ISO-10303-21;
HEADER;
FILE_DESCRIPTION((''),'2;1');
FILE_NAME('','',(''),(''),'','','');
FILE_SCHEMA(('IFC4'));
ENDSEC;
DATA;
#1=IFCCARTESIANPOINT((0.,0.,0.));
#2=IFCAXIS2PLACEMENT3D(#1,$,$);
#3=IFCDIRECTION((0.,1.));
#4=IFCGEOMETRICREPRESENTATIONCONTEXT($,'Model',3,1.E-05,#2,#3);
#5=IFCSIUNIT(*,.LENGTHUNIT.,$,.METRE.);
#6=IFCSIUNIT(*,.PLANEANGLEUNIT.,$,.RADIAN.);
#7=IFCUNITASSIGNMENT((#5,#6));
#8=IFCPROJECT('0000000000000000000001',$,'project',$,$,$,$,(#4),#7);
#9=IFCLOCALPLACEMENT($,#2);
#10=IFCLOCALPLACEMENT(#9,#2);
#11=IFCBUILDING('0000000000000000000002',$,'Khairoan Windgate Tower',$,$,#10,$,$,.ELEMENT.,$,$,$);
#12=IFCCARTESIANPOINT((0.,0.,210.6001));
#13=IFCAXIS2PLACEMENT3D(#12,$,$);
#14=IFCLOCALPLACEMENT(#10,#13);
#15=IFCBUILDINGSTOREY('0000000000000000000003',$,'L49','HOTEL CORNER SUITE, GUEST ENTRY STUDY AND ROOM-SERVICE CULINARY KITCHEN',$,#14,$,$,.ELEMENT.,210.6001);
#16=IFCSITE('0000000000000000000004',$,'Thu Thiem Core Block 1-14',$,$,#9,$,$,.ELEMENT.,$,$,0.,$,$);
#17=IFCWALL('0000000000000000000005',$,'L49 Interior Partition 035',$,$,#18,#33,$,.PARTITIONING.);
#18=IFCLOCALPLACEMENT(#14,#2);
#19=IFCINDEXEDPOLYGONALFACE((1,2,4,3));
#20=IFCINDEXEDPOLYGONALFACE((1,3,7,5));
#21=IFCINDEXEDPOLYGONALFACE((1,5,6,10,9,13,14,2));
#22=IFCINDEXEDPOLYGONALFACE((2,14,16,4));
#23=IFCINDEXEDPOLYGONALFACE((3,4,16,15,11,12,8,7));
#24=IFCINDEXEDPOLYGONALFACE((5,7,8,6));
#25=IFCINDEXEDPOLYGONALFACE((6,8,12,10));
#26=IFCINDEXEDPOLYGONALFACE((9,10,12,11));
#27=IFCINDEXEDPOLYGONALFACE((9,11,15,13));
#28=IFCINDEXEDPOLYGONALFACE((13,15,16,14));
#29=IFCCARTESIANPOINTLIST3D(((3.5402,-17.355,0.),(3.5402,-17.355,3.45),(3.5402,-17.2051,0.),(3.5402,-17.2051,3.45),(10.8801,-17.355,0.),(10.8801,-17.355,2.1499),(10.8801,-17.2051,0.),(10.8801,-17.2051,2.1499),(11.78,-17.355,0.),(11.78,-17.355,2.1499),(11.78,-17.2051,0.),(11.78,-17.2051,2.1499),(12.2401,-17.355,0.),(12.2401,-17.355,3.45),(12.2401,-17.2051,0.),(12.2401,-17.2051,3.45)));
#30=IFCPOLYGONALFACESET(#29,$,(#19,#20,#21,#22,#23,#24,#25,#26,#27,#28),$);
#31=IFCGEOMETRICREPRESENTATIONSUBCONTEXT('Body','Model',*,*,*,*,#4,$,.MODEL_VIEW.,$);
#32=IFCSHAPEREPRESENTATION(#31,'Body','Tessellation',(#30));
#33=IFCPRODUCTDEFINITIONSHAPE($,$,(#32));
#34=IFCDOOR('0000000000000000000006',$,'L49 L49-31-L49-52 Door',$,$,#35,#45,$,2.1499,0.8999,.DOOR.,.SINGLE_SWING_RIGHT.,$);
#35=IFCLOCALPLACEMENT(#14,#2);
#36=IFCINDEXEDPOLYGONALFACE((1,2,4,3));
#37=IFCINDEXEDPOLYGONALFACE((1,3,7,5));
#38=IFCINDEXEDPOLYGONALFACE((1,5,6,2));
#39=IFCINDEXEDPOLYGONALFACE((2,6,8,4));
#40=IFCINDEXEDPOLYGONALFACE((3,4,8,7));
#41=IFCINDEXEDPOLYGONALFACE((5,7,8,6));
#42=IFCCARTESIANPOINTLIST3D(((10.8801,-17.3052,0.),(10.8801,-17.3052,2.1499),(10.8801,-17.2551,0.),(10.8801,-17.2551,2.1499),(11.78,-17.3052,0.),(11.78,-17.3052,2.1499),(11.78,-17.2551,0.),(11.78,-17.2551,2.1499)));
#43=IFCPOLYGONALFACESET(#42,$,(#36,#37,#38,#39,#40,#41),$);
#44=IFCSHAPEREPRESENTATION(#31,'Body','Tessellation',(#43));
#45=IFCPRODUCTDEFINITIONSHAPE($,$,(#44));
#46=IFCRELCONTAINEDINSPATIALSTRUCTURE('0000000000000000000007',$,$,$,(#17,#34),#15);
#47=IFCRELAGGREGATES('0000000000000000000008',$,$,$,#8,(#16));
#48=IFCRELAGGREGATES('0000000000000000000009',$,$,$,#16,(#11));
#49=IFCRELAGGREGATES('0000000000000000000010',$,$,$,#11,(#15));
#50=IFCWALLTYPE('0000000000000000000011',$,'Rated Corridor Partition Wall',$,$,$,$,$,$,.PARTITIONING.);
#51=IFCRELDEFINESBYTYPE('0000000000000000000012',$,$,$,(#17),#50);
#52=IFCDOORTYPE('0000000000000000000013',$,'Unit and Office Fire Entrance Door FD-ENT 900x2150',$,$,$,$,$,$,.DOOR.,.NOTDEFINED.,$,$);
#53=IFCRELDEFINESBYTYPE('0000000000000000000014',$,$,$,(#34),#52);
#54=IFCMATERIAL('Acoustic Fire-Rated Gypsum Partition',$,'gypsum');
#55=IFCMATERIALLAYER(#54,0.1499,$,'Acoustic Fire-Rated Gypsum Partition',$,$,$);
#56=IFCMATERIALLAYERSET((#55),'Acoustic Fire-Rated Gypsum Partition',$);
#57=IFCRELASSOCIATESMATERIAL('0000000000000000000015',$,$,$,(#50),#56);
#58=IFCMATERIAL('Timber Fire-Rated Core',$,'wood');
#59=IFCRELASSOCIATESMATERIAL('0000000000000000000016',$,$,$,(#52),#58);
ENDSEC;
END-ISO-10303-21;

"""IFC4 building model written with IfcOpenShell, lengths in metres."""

from ifc_helpers import new_model, si_unit, direction, frame, frame_2d, origin, place, context, subcontext, project, spatial, rectangle, extrude, material, layer, layer_set, type_object, element, fill, save


model = new_model("IFC4")

# Units and contexts
model_context = context("Model", 3, precision=1e-05, world=origin(), true_north=direction((0.0, 1.0)))
body_context = subcontext(model_context, "Body", "Model", "MODEL_VIEW")
ifc_project = project(units=[si_unit("LENGTHUNIT", "METRE"), si_unit("PLANEANGLEUNIT", "RADIAN")], contexts=[model_context])

# Site, building, storey
site_placement = place(None, origin())
site = spatial("IfcSite", under=ifc_project, at=site_placement, Name="Thu Thiem Core Block 1-14", CompositionType="ELEMENT", RefElevation=0.0)
building_placement = place(site_placement, origin())
building = spatial("IfcBuilding", under=site, at=building_placement, Name="Khairoan Windgate Tower", CompositionType="ELEMENT")
storey_placement = place(building_placement, frame((0.0, 0.0, 210.6001)))
storey = spatial("IfcBuildingStorey", under=building, at=storey_placement, Name="L49", Description="HOTEL CORNER SUITE, GUEST ENTRY STUDY AND ROOM-SERVICE CULINARY KITCHEN", CompositionType="ELEMENT", Elevation=210.6001)

# Shared definitions
ifc_material_1 = material(Name="Acoustic Fire-Rated Gypsum Partition", Category="gypsum")
ifc_layer_1 = layer(ifc_material_1, 0.1499, Name="Acoustic Fire-Rated Gypsum Partition")
ifc_layer_set_1 = layer_set([ifc_layer_1], Name="Acoustic Fire-Rated Gypsum Partition")
wall_type_1 = type_object("IfcWallType", Name="Rated Corridor Partition Wall", PredefinedType="PARTITIONING", material=ifc_layer_set_1)
ifc_material_2 = material(Name="Timber Fire-Rated Core", Category="wood")
door_type_1 = type_object("IfcDoorType", Name="Unit and Office Fire Entrance Door FD-ENT 900x2150", OperationType="NOTDEFINED", PredefinedType="DOOR", material=ifc_material_2)

# Wall, opening, door
wall_1_placement = place(storey_placement, frame((3.54, -17.28, 0.0), z_axis=(0.0, 0.0, 1.0), x_axis=(1.0, 0.0, 0.0)))
wall_1 = element("IfcWall", 1, at=wall_1_placement, inside=storey, type_object=wall_type_1, Name="L49 Interior Partition 035", PredefinedType="PARTITIONING", context=body_context, shape_type="SweptSolid", body=[
    extrude(rectangle(XDim=8.7, YDim=0.1499, at=frame_2d((4.3501, 0.0))), origin(), (0.0, 0.0, 1.0), 3.45),
])
opening_1_placement = place(wall_1_placement, frame((7.3401, 0.0, 0.0)))
opening_1 = element("IfcOpeningElement", 2, at=opening_1_placement, cuts=wall_1, PredefinedType="OPENING", context=body_context, shape_type="SweptSolid", body=[
    extrude(rectangle(XDim=0.8999, YDim=2.1499, at=frame_2d((0.45, 1.075))), frame((0.0, 0.085, 0.0), z_axis=(0.0, -1.0, 0.0), x_axis=(1.0, 0.0, 0.0)), (0.0, 0.0, 1.0), 0.1699),
])
door_1_placement = place(opening_1_placement, origin())
door_1 = element("IfcDoor", 3, at=door_1_placement, inside=storey, type_object=door_type_1, Name="L49 L49-31-L49-52 Door", OperationType="SINGLE_SWING_RIGHT", OverallHeight=2.1499, OverallWidth=0.8999, PredefinedType="DOOR", context=body_context, shape_type="SweptSolid", body=[
    extrude(rectangle(XDim=0.8999, YDim=2.1499, at=frame_2d((0.45, 1.075))), frame((0.0, 0.0249, 0.0), z_axis=(0.0, -1.0, 0.0), x_axis=(1.0, 0.0, 0.0)), (0.0, 0.0, 1.0), 0.05),
])
fill(opening_1, door_1)

save(model, "model.ifc")
